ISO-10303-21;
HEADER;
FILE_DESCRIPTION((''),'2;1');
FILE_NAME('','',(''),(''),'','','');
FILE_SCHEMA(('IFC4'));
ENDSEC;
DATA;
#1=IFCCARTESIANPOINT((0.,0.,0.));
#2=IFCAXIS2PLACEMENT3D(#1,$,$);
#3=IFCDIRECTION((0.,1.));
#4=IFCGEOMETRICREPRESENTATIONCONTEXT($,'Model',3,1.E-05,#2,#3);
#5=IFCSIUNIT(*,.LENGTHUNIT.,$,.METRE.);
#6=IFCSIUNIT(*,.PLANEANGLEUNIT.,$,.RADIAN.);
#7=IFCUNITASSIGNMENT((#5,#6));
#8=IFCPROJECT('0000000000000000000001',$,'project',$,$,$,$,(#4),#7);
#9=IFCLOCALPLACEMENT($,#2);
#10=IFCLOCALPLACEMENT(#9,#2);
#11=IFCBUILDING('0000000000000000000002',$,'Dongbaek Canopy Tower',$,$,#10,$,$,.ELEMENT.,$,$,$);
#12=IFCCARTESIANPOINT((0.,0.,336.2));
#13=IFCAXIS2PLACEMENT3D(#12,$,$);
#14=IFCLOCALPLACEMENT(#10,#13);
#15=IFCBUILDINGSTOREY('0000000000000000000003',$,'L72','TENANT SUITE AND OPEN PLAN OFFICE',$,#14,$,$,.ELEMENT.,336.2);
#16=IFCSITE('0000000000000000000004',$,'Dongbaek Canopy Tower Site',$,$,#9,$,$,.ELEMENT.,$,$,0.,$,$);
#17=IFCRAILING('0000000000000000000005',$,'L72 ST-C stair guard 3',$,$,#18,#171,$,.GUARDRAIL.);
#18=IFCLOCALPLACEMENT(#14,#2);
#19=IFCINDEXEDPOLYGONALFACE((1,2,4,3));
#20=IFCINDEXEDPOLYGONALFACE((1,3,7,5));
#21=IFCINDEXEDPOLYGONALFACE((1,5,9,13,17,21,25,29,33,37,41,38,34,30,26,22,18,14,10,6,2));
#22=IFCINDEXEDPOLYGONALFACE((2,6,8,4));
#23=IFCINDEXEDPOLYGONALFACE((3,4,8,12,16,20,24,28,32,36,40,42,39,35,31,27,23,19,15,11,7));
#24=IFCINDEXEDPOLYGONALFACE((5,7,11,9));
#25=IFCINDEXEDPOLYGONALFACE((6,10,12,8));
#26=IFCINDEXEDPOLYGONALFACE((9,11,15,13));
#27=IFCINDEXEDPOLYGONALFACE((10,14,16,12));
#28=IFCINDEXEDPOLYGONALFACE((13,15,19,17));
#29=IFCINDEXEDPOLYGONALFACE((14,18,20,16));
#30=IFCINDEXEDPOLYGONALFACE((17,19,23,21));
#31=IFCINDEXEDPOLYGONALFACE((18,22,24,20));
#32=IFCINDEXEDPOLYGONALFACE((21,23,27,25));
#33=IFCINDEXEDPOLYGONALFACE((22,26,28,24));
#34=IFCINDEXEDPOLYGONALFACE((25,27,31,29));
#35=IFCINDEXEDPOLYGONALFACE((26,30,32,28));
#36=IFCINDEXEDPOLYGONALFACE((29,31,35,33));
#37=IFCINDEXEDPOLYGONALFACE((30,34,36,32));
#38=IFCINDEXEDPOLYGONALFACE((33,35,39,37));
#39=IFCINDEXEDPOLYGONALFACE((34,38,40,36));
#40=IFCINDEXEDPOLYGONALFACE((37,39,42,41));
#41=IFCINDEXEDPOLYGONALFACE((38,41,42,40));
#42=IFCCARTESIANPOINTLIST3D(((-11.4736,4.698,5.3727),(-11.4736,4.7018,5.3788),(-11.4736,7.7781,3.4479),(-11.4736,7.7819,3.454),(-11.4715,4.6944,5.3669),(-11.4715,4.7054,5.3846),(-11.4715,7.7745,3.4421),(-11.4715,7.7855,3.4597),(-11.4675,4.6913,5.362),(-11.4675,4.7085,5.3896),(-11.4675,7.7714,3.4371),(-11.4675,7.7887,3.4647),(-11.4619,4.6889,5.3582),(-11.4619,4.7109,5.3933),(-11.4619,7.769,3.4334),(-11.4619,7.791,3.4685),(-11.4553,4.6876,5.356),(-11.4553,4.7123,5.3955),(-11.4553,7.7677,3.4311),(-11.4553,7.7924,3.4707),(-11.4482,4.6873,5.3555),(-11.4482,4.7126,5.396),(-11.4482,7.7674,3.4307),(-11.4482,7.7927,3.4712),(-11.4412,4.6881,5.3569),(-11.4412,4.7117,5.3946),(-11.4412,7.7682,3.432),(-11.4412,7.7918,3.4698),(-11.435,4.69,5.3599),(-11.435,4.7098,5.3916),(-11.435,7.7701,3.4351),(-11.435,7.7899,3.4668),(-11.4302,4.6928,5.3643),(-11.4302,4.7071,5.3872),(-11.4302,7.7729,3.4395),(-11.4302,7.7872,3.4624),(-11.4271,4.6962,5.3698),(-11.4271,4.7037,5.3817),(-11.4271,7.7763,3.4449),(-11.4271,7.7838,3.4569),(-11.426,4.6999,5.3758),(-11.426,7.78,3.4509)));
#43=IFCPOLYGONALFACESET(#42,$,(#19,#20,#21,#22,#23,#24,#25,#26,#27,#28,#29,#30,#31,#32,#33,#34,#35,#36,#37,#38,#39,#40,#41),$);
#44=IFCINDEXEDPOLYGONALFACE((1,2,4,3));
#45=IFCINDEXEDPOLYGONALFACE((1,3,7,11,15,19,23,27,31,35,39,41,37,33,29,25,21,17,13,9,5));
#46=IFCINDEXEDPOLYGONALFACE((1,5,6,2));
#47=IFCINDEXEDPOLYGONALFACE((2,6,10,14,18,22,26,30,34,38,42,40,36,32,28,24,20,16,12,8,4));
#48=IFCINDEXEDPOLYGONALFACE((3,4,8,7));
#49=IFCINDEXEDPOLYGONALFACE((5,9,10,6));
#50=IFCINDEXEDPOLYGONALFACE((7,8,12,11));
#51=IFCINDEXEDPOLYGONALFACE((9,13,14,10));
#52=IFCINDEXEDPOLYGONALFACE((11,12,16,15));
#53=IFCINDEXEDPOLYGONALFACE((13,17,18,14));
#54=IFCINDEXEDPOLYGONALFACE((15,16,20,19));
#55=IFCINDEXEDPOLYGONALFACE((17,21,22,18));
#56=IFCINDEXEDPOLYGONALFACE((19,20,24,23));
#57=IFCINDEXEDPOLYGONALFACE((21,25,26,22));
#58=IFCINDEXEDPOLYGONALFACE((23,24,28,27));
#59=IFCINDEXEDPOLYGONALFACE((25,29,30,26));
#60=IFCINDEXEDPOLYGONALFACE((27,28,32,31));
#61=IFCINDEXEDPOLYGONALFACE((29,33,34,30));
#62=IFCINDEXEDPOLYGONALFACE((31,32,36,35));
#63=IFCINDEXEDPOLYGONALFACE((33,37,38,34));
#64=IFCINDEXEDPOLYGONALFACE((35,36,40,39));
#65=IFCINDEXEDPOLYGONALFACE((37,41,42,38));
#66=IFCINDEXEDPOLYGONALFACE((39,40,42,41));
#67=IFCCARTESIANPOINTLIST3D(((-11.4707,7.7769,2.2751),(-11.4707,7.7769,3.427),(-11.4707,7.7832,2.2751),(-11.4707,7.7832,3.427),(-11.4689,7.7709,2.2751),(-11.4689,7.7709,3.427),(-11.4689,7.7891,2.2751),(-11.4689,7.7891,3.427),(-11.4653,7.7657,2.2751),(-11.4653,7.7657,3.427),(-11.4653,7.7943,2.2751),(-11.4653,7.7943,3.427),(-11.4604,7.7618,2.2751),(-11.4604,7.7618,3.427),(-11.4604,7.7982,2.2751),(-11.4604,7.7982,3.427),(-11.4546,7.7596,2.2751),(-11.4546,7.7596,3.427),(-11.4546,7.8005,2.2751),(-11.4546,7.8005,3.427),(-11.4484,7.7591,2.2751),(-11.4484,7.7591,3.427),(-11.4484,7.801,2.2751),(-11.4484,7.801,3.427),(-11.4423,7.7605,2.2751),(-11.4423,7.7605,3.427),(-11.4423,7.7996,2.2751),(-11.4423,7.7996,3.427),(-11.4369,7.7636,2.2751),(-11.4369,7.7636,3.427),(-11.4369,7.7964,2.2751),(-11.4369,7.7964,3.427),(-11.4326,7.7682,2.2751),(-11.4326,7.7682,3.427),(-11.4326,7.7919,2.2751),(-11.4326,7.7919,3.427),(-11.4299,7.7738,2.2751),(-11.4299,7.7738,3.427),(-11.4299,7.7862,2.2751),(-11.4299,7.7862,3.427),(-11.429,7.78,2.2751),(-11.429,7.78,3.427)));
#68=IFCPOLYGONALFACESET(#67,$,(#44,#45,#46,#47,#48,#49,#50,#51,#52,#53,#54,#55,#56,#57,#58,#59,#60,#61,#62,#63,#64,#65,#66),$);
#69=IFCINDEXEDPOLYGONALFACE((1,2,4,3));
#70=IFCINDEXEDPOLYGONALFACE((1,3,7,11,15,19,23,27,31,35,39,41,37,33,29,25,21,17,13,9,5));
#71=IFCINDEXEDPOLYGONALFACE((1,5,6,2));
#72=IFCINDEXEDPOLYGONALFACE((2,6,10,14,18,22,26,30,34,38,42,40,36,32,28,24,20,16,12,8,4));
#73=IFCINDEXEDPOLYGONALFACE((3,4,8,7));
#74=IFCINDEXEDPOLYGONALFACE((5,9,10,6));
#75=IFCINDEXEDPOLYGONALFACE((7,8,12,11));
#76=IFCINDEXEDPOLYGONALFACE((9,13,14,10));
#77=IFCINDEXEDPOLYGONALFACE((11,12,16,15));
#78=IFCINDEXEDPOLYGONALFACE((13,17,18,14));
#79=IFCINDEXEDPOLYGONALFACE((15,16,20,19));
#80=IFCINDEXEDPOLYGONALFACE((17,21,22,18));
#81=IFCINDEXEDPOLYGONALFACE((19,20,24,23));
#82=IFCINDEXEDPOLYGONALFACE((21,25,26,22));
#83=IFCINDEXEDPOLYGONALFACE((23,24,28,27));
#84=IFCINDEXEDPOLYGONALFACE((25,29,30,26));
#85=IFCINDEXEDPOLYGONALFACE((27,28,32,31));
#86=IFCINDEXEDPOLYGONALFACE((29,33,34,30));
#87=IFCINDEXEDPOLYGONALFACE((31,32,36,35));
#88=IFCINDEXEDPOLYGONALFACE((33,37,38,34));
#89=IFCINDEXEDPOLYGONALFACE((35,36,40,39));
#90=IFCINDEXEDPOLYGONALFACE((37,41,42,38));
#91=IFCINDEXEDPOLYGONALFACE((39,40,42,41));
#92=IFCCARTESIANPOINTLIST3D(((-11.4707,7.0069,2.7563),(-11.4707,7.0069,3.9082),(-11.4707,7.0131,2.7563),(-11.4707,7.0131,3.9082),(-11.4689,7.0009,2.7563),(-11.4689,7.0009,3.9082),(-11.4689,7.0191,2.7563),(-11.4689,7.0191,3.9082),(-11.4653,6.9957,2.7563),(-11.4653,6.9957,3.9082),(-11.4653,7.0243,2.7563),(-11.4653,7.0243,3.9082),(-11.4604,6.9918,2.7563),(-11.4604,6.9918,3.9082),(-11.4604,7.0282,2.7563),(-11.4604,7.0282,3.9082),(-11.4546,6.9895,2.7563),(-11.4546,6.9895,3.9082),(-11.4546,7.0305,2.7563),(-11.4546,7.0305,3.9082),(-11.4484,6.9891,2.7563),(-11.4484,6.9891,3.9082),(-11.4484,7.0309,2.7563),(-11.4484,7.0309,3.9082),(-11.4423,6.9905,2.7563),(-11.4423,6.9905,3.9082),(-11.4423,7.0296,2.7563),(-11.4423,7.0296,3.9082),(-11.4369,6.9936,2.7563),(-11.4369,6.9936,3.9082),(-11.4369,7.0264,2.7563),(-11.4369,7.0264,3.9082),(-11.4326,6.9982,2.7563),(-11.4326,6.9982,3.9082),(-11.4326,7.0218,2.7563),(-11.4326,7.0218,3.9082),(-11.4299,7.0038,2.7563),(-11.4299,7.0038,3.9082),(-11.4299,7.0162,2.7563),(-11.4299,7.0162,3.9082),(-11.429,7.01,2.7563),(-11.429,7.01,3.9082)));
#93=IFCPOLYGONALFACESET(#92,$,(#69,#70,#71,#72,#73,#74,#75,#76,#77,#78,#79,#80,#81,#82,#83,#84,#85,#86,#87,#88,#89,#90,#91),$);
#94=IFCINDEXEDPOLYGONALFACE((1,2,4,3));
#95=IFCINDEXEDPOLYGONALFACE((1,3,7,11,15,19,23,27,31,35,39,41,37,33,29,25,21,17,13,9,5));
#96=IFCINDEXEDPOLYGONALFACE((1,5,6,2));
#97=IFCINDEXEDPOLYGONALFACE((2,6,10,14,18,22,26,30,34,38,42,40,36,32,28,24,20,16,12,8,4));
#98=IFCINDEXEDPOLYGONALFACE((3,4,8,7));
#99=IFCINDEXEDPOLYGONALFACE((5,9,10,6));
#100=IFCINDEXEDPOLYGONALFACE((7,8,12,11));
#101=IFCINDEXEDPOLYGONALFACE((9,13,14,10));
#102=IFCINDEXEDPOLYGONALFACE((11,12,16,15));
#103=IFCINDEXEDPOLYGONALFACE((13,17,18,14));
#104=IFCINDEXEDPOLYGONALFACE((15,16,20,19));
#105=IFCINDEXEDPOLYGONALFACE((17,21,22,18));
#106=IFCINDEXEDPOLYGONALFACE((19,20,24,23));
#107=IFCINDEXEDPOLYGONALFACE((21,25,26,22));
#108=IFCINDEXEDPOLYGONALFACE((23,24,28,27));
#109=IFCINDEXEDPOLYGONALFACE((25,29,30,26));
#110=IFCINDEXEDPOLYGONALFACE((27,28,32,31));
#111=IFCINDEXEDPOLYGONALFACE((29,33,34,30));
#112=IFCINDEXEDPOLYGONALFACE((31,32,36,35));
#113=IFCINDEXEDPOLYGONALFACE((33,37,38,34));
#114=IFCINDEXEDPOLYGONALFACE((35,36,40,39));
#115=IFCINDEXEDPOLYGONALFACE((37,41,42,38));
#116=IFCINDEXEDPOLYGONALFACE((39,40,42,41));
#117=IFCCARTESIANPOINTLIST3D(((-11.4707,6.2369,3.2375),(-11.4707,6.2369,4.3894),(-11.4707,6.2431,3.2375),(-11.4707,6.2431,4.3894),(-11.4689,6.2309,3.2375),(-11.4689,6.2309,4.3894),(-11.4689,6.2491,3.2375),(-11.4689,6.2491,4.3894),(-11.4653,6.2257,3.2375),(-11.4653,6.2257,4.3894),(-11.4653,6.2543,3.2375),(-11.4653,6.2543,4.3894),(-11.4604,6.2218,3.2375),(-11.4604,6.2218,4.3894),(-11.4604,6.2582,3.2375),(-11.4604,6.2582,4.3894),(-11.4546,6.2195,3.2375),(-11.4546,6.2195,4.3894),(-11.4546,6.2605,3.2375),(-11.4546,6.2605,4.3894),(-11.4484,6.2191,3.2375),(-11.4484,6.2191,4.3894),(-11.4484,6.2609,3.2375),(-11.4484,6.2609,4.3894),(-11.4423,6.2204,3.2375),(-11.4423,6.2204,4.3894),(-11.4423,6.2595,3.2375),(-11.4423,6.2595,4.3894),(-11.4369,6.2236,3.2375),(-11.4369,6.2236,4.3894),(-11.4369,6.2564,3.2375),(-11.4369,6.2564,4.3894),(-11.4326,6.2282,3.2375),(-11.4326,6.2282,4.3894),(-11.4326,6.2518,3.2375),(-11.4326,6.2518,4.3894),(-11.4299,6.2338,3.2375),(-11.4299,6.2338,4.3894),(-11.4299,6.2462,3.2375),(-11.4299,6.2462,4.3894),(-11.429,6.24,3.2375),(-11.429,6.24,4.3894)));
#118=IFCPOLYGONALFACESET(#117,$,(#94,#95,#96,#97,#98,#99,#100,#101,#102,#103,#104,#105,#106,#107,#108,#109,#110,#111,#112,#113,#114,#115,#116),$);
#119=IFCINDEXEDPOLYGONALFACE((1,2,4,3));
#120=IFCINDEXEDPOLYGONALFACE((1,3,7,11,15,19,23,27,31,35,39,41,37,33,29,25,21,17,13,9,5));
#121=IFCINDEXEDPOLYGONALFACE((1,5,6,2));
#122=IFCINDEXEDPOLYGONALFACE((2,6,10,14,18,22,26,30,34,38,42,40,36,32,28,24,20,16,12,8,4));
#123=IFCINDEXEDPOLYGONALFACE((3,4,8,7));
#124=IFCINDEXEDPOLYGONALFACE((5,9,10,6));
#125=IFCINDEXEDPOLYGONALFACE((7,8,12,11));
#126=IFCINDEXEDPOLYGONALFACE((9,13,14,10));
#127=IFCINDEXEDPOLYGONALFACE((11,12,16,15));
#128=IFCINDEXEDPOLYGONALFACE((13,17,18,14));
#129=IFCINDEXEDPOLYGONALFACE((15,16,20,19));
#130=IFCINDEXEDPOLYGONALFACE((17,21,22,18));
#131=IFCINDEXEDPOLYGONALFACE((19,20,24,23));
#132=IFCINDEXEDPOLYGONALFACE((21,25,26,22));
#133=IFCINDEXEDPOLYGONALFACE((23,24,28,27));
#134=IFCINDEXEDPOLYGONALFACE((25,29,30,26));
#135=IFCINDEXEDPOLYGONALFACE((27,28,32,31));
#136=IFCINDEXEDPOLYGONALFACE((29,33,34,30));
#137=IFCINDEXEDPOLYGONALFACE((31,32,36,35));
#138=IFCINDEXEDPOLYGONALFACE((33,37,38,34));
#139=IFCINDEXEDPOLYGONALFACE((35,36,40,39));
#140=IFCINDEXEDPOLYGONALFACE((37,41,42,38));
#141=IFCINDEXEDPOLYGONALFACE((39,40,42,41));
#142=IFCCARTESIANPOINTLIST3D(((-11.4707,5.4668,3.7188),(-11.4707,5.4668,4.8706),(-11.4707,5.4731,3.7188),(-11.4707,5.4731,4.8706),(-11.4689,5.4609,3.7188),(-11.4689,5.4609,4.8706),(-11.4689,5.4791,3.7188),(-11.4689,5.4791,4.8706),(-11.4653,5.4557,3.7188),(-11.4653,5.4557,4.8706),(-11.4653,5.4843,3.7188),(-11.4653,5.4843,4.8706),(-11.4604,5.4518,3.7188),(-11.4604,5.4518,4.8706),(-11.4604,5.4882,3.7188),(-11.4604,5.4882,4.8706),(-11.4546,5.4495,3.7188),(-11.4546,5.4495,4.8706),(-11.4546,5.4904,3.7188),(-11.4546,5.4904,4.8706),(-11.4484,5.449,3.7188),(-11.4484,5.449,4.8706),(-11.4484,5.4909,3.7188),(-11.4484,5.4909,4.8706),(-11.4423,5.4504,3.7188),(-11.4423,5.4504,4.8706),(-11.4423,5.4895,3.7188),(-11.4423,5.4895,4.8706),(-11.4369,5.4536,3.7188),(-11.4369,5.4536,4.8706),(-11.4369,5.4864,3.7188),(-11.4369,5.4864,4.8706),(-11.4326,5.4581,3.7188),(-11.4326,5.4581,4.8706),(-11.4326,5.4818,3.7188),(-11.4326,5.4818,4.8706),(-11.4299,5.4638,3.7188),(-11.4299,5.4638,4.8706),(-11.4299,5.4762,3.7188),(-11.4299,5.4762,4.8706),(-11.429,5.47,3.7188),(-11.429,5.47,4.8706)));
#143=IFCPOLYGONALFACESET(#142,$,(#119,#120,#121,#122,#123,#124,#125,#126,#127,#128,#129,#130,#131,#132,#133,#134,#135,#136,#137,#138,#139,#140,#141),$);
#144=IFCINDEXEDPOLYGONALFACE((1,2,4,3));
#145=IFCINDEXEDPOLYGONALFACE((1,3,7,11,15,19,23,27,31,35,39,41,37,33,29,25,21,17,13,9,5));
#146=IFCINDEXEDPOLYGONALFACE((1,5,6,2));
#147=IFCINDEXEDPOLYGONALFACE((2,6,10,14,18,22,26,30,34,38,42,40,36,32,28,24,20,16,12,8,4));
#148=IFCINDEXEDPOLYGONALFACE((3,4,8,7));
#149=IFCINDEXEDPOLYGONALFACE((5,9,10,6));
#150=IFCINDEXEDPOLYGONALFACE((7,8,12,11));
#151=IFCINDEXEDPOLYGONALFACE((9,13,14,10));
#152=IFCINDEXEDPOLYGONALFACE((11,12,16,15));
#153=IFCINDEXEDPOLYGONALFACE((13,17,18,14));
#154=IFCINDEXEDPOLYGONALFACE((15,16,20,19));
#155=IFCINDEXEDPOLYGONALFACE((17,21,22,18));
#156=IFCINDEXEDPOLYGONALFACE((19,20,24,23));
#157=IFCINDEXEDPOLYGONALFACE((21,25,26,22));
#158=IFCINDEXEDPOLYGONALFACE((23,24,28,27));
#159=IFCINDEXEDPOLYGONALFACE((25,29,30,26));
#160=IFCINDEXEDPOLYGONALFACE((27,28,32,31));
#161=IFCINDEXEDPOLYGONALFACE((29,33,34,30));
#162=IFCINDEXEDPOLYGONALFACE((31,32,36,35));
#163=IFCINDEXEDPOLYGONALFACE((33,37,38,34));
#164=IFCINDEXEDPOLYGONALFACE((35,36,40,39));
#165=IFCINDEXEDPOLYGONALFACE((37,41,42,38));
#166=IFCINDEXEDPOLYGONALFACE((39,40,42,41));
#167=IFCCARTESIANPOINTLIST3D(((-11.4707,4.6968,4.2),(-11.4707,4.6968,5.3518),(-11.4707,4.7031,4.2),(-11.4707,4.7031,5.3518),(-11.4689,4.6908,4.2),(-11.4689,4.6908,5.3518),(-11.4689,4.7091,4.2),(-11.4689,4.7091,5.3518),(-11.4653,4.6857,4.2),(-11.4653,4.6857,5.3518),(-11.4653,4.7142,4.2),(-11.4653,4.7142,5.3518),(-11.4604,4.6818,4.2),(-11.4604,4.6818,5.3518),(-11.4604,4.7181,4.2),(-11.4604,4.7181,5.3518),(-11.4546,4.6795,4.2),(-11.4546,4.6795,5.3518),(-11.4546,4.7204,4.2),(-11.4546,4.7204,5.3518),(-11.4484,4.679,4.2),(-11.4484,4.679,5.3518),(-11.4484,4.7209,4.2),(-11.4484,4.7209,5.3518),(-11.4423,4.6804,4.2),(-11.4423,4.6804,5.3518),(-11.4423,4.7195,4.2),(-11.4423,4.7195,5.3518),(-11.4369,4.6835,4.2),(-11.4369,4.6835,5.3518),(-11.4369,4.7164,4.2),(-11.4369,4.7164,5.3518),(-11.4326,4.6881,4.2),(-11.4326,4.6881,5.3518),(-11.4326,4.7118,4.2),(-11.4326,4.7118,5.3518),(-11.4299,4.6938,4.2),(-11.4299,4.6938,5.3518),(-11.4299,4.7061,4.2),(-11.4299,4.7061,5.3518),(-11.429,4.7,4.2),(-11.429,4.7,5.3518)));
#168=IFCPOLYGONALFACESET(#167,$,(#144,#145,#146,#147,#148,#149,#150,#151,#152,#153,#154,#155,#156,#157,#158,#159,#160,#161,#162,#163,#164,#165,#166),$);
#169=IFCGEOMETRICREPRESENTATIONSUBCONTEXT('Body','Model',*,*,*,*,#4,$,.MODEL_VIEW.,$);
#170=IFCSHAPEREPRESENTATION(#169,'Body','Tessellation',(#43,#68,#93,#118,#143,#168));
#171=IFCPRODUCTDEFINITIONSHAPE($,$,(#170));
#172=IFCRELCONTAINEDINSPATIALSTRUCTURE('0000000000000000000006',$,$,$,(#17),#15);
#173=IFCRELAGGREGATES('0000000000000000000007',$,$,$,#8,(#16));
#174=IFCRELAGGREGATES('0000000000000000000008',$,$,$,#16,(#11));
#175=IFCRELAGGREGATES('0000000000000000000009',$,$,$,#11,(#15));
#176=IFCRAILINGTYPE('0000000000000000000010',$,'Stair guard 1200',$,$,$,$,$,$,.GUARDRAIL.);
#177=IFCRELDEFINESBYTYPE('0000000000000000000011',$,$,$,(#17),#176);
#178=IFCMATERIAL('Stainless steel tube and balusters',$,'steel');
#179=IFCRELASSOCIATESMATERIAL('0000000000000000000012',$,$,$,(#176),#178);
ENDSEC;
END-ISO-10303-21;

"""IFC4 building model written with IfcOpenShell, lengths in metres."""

from ifc_helpers import new_model, si_unit, direction, frame, origin, origin_2d, place, context, subcontext, project, spatial, circle, extrude, material, type_object, element, save


model = new_model("IFC4")

# Units and contexts
model_context = context("Model", 3, precision=1e-05, world=origin(), true_north=direction((0.0, 1.0)))
body_context = subcontext(model_context, "Body", "Model", "MODEL_VIEW")
ifc_project = project(units=[si_unit("LENGTHUNIT", "METRE"), si_unit("PLANEANGLEUNIT", "RADIAN")], contexts=[model_context])

# Site, building, storey
site_placement = place(None, origin())
site = spatial("IfcSite", under=ifc_project, at=site_placement, Name="Dongbaek Canopy Tower Site", CompositionType="ELEMENT", RefElevation=0.0)
building_placement = place(site_placement, origin())
building = spatial("IfcBuilding", under=site, at=building_placement, Name="Dongbaek Canopy Tower", CompositionType="ELEMENT")
storey_placement = place(building_placement, frame((0.0, 0.0, 336.2)))
storey = spatial("IfcBuildingStorey", under=building, at=storey_placement, Name="L72", Description="TENANT SUITE AND OPEN PLAN OFFICE", CompositionType="ELEMENT", Elevation=336.2)

# Railing
ifc_material_1 = material(Name="Stainless steel tube and balusters", Category="steel")
railing_type_1 = type_object("IfcRailingType", Name="Stair guard 1200", PredefinedType="GUARDRAIL", material=ifc_material_1)
railing_1_placement = place(storey_placement, frame((-11.45, 7.78, 2.2751)))
element("IfcRailing", 1, at=railing_1_placement, inside=storey, type_object=railing_type_1, Name="L72 ST-C stair guard 3", PredefinedType="GUARDRAIL", context=body_context, shape_type="SweptSolid", body=[
    extrude(circle(Radius=0.0239, at=origin_2d()), frame((0.0, 0.0, 1.1758), z_axis=(0.0, -0.848029, 0.529951), x_axis=(1.0, 0.0, 0.0)), (0.0, 0.0, 1.0), 3.6321),
    extrude(circle(Radius=0.021, at=origin_2d()), origin(), (0.0, 0.0, 1.0), 1.1519),
    extrude(circle(Radius=0.021, at=origin_2d()), frame((0.0, -0.77, 0.4812)), (0.0, 0.0, 1.0), 1.1519),
    extrude(circle(Radius=0.021, at=origin_2d()), frame((0.0, -1.54, 0.9624)), (0.0, 0.0, 1.0), 1.1519),
    extrude(circle(Radius=0.021, at=origin_2d()), frame((0.0, -2.3101, 1.4436)), (0.0, 0.0, 1.0), 1.1519),
    extrude(circle(Radius=0.021, at=origin_2d()), frame((0.0, -3.0801, 1.9248)), (0.0, 0.0, 1.0), 1.1519),
])

save(model, "model.ifc")
